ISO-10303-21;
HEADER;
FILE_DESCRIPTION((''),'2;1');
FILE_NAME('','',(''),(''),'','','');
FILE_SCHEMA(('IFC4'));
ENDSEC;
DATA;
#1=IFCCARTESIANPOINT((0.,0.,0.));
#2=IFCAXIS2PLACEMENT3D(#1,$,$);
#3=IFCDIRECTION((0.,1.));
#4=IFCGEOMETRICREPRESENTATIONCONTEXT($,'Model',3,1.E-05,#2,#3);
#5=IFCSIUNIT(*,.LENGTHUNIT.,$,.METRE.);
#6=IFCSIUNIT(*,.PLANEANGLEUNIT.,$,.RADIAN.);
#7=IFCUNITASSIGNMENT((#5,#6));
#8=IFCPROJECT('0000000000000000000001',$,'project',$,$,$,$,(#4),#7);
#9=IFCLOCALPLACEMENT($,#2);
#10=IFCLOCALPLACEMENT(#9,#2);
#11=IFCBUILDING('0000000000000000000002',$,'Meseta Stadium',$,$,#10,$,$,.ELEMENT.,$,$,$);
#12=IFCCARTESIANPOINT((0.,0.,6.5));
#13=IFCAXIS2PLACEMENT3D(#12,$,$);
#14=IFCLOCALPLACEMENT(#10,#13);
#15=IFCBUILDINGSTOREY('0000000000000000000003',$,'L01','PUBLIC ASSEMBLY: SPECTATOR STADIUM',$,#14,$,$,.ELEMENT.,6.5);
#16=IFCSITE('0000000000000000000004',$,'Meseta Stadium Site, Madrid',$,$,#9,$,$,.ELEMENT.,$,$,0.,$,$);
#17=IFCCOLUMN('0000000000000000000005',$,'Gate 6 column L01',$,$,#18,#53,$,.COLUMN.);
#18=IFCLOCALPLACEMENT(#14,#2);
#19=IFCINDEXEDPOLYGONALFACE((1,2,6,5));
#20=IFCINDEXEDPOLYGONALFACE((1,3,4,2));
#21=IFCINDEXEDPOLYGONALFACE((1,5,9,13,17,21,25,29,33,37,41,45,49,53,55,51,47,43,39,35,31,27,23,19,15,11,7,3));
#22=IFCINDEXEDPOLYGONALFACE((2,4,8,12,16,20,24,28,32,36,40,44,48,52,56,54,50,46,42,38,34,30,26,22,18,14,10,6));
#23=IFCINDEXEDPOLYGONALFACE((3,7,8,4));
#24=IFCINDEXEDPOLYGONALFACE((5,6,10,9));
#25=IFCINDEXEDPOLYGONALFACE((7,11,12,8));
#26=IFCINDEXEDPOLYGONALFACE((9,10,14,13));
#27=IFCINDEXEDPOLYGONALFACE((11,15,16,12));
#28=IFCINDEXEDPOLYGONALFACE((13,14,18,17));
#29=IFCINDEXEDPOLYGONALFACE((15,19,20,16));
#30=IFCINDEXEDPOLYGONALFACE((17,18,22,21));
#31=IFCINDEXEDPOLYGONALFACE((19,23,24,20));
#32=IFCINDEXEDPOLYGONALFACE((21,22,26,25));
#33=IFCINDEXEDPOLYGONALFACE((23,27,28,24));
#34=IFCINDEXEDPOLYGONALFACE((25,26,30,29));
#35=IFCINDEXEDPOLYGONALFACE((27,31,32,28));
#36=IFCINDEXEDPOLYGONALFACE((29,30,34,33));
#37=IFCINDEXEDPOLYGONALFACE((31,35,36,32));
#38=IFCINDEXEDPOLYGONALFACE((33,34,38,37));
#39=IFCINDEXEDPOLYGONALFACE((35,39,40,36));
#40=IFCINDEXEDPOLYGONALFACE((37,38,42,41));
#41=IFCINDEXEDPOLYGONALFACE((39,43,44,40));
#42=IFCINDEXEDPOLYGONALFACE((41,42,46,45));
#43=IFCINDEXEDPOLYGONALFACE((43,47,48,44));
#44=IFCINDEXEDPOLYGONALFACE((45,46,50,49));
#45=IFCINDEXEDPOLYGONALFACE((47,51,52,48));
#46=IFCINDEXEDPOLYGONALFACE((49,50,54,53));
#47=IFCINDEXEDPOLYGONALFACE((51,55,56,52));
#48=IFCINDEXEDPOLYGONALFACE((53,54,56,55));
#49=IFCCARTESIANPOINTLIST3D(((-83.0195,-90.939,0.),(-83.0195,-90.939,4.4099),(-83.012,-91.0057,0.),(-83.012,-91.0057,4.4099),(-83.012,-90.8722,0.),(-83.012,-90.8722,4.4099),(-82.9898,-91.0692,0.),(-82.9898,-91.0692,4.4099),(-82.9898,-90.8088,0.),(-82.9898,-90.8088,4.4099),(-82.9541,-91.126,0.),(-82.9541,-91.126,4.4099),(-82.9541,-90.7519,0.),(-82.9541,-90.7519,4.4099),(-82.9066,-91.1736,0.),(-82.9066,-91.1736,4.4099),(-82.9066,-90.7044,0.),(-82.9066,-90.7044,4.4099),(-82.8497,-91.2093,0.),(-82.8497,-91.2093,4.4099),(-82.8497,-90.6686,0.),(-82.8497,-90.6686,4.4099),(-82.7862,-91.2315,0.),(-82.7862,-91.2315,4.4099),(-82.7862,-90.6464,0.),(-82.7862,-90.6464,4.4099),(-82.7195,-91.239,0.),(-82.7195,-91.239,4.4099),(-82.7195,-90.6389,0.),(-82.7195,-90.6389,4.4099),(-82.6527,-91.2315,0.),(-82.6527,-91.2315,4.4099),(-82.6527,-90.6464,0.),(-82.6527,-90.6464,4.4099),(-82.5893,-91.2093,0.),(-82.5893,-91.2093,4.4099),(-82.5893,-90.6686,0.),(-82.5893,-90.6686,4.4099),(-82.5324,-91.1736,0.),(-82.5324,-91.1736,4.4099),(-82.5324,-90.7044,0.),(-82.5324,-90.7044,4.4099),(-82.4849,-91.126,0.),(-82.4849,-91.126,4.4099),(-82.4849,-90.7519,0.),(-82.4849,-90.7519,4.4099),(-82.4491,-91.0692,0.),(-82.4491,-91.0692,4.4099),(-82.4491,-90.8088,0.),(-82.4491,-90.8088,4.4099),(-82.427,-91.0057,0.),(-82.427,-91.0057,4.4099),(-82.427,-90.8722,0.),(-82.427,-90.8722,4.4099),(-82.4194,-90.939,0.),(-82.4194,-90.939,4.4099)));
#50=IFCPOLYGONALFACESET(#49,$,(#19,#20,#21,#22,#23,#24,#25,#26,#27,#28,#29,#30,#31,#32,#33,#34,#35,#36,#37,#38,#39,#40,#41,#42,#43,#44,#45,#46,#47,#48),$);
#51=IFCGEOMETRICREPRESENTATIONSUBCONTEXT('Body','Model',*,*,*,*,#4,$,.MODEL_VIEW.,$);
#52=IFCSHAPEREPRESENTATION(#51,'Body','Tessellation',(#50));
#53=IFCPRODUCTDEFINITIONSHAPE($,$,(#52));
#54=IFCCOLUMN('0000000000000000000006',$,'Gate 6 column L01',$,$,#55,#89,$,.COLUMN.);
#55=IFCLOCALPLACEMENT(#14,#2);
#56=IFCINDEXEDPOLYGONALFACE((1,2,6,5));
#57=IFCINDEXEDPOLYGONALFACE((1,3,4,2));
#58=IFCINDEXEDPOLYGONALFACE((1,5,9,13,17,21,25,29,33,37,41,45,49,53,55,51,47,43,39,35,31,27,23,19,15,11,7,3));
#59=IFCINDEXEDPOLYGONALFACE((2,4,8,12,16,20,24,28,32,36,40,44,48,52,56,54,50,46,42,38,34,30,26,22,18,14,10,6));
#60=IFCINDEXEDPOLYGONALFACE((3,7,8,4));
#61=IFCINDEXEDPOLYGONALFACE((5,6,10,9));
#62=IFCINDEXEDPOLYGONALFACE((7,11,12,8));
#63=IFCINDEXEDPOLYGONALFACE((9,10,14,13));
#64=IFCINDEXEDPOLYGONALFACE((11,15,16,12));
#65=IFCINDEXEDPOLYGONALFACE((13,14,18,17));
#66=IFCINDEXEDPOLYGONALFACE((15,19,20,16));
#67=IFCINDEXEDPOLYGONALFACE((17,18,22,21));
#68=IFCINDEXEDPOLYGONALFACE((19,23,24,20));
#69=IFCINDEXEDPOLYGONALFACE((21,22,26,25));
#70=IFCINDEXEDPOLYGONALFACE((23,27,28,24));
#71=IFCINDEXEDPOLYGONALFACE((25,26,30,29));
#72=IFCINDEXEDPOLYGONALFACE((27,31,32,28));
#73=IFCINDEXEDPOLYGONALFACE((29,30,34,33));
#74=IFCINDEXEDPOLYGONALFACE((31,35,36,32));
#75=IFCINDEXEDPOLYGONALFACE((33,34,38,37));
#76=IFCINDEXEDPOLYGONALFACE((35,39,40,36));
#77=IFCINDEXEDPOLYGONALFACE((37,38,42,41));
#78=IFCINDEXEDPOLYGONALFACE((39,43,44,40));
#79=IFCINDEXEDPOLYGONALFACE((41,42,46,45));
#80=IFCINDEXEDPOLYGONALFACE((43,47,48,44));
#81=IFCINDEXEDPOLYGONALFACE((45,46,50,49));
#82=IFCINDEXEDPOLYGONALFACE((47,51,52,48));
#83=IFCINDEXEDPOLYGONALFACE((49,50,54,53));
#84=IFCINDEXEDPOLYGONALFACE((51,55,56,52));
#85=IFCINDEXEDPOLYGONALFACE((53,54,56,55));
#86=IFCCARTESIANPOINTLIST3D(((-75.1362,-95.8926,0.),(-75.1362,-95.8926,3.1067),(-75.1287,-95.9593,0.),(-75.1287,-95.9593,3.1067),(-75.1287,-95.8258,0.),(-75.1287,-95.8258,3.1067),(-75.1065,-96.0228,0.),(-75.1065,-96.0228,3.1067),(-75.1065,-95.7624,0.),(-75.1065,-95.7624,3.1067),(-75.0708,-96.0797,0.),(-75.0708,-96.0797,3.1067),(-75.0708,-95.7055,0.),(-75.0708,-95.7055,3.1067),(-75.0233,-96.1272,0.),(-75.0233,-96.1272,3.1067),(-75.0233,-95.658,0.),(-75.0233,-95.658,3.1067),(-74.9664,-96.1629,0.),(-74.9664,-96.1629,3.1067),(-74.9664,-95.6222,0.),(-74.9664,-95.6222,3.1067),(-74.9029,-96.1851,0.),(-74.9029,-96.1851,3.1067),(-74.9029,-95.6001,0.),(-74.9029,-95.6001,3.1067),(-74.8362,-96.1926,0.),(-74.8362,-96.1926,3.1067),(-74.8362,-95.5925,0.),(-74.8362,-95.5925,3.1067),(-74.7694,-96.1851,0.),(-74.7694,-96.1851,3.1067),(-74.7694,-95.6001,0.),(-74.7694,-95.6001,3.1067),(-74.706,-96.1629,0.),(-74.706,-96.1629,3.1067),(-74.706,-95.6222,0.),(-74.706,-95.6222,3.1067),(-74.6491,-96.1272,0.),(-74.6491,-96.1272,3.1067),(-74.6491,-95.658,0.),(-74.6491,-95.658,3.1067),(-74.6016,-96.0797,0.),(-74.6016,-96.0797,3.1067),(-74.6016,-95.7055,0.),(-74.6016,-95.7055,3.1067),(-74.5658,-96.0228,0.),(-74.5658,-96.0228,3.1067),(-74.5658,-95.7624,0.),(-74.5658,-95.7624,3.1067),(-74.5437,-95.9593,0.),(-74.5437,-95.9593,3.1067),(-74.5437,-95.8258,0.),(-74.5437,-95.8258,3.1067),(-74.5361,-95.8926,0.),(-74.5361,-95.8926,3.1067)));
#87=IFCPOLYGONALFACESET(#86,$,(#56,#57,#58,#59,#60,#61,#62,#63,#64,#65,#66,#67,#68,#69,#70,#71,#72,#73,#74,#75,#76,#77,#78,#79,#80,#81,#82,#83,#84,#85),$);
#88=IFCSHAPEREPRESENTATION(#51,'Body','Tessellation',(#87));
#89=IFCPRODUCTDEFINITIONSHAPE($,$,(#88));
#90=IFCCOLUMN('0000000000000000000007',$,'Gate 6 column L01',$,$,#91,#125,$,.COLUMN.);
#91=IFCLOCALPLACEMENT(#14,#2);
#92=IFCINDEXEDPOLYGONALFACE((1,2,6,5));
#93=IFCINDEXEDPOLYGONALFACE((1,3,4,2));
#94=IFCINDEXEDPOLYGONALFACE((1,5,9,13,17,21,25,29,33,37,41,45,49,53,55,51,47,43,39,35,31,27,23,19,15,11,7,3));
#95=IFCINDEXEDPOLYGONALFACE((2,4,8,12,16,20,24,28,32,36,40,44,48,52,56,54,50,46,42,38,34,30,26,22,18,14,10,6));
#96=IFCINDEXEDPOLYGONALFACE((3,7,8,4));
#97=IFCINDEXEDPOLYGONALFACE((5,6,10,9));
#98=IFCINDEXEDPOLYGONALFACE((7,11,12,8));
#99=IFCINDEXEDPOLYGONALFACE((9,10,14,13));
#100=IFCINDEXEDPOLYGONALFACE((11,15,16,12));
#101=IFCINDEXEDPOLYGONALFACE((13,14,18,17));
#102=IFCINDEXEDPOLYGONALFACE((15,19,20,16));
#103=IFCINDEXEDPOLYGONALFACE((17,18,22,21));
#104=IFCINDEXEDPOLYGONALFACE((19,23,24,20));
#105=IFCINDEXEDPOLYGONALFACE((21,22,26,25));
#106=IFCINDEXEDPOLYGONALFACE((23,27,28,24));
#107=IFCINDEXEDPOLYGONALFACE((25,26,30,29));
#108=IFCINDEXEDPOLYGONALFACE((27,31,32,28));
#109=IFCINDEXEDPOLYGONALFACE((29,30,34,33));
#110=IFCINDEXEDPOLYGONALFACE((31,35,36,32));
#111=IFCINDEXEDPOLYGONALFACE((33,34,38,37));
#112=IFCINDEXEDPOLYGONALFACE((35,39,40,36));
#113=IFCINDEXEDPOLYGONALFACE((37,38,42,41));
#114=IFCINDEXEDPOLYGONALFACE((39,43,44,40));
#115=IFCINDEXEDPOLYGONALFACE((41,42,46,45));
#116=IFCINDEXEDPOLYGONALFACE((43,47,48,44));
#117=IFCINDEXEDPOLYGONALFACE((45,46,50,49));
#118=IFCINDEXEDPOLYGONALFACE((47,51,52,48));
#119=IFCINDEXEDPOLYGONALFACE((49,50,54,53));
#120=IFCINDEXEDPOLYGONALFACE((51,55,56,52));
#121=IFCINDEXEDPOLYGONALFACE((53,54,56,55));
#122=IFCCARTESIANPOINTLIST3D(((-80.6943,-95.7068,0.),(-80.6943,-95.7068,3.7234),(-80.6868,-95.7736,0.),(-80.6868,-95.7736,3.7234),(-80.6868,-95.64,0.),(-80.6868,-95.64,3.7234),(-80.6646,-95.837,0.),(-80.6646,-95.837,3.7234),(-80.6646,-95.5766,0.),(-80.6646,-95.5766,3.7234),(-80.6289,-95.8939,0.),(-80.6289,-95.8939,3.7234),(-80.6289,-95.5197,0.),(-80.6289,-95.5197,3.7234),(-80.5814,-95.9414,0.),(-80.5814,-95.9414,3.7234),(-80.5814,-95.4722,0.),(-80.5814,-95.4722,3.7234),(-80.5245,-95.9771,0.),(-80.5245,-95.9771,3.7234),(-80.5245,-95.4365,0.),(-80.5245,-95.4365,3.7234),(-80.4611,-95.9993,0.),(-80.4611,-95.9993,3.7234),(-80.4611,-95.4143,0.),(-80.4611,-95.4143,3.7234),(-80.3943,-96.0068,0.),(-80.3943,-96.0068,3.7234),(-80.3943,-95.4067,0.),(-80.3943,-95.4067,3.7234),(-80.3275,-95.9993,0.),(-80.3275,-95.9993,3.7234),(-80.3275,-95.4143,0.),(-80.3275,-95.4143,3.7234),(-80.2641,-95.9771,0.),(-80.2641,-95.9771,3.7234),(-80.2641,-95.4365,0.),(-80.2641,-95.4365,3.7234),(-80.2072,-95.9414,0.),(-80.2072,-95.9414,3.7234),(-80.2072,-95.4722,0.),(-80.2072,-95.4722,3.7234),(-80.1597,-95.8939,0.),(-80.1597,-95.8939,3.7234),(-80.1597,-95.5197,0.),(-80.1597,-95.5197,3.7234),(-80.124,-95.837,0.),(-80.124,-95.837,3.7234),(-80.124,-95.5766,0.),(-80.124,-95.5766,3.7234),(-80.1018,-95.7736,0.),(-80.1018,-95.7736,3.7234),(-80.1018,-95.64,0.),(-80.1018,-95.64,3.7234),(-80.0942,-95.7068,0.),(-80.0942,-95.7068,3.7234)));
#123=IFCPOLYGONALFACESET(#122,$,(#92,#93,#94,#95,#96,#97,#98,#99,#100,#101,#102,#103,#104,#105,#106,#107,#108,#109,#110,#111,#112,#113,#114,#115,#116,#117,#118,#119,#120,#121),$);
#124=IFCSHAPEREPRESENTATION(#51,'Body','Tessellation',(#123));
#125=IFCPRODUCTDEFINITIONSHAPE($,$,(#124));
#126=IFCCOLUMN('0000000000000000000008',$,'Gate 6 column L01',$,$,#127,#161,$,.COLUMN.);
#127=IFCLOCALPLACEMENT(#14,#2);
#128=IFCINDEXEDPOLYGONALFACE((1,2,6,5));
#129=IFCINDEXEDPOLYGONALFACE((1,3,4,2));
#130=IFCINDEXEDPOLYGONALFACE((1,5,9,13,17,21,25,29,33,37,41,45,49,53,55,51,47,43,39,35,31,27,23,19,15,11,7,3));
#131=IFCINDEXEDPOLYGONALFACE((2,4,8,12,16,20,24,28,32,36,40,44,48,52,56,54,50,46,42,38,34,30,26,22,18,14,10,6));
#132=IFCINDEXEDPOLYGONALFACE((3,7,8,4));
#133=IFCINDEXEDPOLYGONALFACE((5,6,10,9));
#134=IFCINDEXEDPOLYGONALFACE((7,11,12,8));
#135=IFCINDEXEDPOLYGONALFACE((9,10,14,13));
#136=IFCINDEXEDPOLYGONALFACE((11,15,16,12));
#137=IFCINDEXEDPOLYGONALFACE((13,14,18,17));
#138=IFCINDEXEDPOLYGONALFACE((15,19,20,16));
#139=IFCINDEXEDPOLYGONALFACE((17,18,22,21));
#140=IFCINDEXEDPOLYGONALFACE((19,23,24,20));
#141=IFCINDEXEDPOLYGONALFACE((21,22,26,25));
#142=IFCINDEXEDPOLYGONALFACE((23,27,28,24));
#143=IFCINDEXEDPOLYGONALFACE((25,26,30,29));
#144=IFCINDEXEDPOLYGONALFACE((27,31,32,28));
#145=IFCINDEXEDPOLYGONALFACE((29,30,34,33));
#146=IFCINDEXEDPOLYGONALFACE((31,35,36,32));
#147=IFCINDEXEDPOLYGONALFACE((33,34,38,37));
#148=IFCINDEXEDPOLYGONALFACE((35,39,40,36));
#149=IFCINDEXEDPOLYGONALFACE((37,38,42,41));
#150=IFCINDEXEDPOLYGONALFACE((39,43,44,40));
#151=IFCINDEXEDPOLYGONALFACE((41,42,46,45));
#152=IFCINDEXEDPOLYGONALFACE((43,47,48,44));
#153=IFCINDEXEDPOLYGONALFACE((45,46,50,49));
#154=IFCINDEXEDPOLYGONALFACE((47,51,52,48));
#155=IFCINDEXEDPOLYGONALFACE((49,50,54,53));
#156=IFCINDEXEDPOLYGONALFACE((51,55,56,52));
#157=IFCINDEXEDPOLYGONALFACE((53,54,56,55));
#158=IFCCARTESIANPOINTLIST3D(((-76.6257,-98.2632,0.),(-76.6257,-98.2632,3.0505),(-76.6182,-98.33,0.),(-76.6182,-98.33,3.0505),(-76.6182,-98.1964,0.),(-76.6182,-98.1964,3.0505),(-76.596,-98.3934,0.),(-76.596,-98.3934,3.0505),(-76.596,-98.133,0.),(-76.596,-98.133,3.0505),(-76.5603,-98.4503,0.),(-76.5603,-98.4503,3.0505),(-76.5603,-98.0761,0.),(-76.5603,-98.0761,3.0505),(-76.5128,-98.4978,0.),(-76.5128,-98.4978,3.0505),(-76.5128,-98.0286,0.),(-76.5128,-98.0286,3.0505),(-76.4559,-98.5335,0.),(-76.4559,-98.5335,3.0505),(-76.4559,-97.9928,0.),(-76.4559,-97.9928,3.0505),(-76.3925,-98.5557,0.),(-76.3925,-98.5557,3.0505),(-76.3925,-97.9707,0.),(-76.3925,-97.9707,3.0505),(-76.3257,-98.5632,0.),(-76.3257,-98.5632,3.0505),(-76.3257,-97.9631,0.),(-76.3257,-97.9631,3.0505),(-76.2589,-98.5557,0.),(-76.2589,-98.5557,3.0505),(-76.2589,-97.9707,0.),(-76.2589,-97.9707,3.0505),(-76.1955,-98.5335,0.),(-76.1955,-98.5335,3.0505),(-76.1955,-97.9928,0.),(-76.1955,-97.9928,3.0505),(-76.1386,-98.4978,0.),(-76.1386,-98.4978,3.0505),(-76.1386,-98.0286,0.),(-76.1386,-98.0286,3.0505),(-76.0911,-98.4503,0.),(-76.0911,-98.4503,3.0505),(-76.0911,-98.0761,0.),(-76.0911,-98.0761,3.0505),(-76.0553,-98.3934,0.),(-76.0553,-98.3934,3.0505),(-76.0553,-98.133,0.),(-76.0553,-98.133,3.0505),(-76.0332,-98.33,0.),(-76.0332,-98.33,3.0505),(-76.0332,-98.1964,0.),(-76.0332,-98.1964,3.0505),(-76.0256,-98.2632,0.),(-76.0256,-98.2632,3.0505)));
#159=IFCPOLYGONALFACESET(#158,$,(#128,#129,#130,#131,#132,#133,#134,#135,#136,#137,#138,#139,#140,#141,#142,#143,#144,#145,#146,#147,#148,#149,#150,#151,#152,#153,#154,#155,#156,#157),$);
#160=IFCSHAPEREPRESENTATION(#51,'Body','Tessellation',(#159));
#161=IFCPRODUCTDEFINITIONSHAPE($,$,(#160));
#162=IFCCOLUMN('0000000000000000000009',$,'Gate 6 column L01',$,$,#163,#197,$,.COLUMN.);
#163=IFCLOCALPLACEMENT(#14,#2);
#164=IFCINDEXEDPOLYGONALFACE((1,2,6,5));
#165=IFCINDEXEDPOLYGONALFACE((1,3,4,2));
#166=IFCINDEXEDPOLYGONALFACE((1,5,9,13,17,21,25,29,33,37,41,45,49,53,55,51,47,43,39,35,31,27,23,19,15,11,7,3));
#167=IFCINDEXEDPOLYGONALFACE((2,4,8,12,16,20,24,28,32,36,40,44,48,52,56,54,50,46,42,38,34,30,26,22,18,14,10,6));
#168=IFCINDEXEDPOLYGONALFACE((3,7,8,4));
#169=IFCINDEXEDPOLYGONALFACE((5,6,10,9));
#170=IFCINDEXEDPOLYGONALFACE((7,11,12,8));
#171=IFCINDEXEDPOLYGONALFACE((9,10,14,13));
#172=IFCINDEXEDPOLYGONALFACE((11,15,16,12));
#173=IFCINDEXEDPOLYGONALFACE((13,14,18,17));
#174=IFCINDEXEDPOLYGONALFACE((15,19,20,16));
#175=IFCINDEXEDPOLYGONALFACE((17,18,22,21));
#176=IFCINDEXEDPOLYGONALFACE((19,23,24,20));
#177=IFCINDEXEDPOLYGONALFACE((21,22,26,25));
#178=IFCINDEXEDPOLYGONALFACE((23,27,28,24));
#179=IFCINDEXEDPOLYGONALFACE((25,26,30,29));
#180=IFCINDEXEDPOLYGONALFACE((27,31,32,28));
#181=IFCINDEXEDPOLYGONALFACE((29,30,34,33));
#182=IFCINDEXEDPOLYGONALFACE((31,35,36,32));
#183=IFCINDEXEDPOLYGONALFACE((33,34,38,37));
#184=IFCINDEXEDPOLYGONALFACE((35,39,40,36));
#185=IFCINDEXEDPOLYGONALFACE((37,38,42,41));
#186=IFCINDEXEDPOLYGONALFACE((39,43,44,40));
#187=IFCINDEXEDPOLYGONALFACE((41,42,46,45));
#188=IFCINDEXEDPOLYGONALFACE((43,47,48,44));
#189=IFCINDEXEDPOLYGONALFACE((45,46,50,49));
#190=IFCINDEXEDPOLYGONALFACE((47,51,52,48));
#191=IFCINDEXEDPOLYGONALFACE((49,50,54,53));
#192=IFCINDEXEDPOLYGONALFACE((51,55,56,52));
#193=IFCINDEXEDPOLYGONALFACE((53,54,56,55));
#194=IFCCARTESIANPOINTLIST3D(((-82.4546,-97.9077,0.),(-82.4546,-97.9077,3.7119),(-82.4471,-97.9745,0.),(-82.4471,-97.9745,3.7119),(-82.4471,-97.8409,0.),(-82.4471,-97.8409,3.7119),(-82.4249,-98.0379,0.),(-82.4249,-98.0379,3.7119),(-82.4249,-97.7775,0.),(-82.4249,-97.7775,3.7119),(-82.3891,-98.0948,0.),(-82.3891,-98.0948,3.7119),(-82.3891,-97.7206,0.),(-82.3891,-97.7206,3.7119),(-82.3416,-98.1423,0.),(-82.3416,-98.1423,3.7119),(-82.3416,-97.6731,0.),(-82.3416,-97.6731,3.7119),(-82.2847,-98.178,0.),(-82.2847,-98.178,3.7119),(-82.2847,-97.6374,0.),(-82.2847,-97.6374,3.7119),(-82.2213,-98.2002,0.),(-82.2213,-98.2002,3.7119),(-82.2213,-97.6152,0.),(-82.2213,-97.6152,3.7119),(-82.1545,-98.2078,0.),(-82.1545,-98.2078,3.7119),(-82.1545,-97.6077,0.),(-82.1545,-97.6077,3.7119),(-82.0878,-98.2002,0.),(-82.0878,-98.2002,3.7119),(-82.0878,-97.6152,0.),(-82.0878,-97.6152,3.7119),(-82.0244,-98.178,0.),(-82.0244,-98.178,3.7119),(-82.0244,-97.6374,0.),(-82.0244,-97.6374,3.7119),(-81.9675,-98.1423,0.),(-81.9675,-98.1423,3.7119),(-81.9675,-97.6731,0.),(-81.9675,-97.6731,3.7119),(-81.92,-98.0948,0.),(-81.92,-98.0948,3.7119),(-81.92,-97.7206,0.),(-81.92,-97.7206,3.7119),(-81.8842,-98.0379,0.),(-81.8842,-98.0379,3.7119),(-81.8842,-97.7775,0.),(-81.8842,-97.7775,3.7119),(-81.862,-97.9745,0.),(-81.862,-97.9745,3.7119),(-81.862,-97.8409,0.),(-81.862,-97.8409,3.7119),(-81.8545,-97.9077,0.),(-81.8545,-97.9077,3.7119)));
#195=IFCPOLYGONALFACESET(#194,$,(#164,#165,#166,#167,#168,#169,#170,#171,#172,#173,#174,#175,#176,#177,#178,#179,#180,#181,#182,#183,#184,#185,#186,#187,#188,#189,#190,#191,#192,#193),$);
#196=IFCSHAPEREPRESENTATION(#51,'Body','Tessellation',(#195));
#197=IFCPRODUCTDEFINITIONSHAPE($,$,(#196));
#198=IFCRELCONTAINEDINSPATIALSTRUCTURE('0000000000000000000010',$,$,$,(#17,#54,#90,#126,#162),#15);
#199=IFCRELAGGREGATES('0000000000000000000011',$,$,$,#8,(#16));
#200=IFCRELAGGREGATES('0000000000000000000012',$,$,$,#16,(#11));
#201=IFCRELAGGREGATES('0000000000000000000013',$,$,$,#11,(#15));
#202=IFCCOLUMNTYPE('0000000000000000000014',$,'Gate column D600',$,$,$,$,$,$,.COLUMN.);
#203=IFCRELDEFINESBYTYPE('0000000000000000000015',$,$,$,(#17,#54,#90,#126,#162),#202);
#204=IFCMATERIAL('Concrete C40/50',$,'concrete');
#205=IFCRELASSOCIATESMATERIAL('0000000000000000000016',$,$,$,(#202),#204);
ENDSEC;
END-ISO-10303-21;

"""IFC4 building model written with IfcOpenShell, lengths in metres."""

from ifc_helpers import new_model, si_unit, direction, frame, origin, origin_2d, place, context, subcontext, project, spatial, circle, extrude, material, material_profile, profile_set, type_object, element, save


model = new_model("IFC4")

# Units and contexts
model_context = context("Model", 3, precision=1e-05, world=origin(), true_north=direction((0.0, 1.0)))
body_context = subcontext(model_context, "Body", "Model", "MODEL_VIEW")
ifc_project = project(units=[si_unit("LENGTHUNIT", "METRE"), si_unit("PLANEANGLEUNIT", "RADIAN")], contexts=[model_context])

# Site, building, storey
site_placement = place(None, origin())
site = spatial("IfcSite", under=ifc_project, at=site_placement, Name="Meseta Stadium Site, Madrid", CompositionType="ELEMENT", RefElevation=0.0)
building_placement = place(site_placement, origin())
building = spatial("IfcBuilding", under=site, at=building_placement, Name="Meseta Stadium", CompositionType="ELEMENT")
storey_placement = place(building_placement, frame((0.0, 0.0, 6.5)))
storey = spatial("IfcBuildingStorey", under=building, at=storey_placement, Name="L01", Description="PUBLIC ASSEMBLY: SPECTATOR STADIUM", CompositionType="ELEMENT", Elevation=6.5)

# Columns
ifc_material_1 = material(Name="Concrete C40/50", Category="concrete")
ifc_material_profile_1 = material_profile(ifc_material_1, circle(Radius=0.3, at=origin_2d()), Name="RC D600")
ifc_profile_set_1 = profile_set([ifc_material_profile_1], Name="Concrete C40/50")
column_type = type_object("IfcColumnType", Name="Gate column D600", PredefinedType="COLUMN", material=ifc_profile_set_1)
column_1_placement = place(storey_placement, frame((-82.7195, -90.939, 0.0), z_axis=(0.0, 0.0, 1.0), x_axis=(1.0, 0.0, 0.0)))
element("IfcColumn", 1, at=column_1_placement, inside=storey, type_object=column_type, Name="Gate 6 column L01", PredefinedType="COLUMN", context=body_context, shape_type="SweptSolid", body=[
    extrude(circle(Radius=0.3, at=origin_2d()), origin(), (0.0, 0.0, 1.0), 4.4099),
])
column_2_placement = place(storey_placement, frame((-74.8362, -95.8926, 0.0), z_axis=(0.0, 0.0, 1.0), x_axis=(1.0, 0.0, 0.0)))
element("IfcColumn", 2, at=column_2_placement, inside=storey, type_object=column_type, Name="Gate 6 column L01", PredefinedType="COLUMN", context=body_context, shape_type="SweptSolid", body=[
    extrude(circle(Radius=0.3, at=origin_2d()), origin(), (0.0, 0.0, 1.0), 3.1067),
])
column_3_placement = place(storey_placement, frame((-80.3943, -95.7068, 0.0), z_axis=(0.0, 0.0, 1.0), x_axis=(1.0, 0.0, 0.0)))
element("IfcColumn", 3, at=column_3_placement, inside=storey, type_object=column_type, Name="Gate 6 column L01", PredefinedType="COLUMN", context=body_context, shape_type="SweptSolid", body=[
    extrude(circle(Radius=0.3, at=origin_2d()), origin(), (0.0, 0.0, 1.0), 3.7234),
])
column_4_placement = place(storey_placement, frame((-76.3257, -98.2632, 0.0), z_axis=(0.0, 0.0, 1.0), x_axis=(1.0, 0.0, 0.0)))
element("IfcColumn", 4, at=column_4_placement, inside=storey, type_object=column_type, Name="Gate 6 column L01", PredefinedType="COLUMN", context=body_context, shape_type="SweptSolid", body=[
    extrude(circle(Radius=0.3, at=origin_2d()), origin(), (0.0, 0.0, 1.0), 3.0505),
])
column_5_placement = place(storey_placement, frame((-82.1545, -97.9077, 0.0), z_axis=(0.0, 0.0, 1.0), x_axis=(1.0, 0.0, 0.0)))
element("IfcColumn", 5, at=column_5_placement, inside=storey, type_object=column_type, Name="Gate 6 column L01", PredefinedType="COLUMN", context=body_context, shape_type="SweptSolid", body=[
    extrude(circle(Radius=0.3, at=origin_2d()), origin(), (0.0, 0.0, 1.0), 3.7119),
])

save(model, "model.ifc")
